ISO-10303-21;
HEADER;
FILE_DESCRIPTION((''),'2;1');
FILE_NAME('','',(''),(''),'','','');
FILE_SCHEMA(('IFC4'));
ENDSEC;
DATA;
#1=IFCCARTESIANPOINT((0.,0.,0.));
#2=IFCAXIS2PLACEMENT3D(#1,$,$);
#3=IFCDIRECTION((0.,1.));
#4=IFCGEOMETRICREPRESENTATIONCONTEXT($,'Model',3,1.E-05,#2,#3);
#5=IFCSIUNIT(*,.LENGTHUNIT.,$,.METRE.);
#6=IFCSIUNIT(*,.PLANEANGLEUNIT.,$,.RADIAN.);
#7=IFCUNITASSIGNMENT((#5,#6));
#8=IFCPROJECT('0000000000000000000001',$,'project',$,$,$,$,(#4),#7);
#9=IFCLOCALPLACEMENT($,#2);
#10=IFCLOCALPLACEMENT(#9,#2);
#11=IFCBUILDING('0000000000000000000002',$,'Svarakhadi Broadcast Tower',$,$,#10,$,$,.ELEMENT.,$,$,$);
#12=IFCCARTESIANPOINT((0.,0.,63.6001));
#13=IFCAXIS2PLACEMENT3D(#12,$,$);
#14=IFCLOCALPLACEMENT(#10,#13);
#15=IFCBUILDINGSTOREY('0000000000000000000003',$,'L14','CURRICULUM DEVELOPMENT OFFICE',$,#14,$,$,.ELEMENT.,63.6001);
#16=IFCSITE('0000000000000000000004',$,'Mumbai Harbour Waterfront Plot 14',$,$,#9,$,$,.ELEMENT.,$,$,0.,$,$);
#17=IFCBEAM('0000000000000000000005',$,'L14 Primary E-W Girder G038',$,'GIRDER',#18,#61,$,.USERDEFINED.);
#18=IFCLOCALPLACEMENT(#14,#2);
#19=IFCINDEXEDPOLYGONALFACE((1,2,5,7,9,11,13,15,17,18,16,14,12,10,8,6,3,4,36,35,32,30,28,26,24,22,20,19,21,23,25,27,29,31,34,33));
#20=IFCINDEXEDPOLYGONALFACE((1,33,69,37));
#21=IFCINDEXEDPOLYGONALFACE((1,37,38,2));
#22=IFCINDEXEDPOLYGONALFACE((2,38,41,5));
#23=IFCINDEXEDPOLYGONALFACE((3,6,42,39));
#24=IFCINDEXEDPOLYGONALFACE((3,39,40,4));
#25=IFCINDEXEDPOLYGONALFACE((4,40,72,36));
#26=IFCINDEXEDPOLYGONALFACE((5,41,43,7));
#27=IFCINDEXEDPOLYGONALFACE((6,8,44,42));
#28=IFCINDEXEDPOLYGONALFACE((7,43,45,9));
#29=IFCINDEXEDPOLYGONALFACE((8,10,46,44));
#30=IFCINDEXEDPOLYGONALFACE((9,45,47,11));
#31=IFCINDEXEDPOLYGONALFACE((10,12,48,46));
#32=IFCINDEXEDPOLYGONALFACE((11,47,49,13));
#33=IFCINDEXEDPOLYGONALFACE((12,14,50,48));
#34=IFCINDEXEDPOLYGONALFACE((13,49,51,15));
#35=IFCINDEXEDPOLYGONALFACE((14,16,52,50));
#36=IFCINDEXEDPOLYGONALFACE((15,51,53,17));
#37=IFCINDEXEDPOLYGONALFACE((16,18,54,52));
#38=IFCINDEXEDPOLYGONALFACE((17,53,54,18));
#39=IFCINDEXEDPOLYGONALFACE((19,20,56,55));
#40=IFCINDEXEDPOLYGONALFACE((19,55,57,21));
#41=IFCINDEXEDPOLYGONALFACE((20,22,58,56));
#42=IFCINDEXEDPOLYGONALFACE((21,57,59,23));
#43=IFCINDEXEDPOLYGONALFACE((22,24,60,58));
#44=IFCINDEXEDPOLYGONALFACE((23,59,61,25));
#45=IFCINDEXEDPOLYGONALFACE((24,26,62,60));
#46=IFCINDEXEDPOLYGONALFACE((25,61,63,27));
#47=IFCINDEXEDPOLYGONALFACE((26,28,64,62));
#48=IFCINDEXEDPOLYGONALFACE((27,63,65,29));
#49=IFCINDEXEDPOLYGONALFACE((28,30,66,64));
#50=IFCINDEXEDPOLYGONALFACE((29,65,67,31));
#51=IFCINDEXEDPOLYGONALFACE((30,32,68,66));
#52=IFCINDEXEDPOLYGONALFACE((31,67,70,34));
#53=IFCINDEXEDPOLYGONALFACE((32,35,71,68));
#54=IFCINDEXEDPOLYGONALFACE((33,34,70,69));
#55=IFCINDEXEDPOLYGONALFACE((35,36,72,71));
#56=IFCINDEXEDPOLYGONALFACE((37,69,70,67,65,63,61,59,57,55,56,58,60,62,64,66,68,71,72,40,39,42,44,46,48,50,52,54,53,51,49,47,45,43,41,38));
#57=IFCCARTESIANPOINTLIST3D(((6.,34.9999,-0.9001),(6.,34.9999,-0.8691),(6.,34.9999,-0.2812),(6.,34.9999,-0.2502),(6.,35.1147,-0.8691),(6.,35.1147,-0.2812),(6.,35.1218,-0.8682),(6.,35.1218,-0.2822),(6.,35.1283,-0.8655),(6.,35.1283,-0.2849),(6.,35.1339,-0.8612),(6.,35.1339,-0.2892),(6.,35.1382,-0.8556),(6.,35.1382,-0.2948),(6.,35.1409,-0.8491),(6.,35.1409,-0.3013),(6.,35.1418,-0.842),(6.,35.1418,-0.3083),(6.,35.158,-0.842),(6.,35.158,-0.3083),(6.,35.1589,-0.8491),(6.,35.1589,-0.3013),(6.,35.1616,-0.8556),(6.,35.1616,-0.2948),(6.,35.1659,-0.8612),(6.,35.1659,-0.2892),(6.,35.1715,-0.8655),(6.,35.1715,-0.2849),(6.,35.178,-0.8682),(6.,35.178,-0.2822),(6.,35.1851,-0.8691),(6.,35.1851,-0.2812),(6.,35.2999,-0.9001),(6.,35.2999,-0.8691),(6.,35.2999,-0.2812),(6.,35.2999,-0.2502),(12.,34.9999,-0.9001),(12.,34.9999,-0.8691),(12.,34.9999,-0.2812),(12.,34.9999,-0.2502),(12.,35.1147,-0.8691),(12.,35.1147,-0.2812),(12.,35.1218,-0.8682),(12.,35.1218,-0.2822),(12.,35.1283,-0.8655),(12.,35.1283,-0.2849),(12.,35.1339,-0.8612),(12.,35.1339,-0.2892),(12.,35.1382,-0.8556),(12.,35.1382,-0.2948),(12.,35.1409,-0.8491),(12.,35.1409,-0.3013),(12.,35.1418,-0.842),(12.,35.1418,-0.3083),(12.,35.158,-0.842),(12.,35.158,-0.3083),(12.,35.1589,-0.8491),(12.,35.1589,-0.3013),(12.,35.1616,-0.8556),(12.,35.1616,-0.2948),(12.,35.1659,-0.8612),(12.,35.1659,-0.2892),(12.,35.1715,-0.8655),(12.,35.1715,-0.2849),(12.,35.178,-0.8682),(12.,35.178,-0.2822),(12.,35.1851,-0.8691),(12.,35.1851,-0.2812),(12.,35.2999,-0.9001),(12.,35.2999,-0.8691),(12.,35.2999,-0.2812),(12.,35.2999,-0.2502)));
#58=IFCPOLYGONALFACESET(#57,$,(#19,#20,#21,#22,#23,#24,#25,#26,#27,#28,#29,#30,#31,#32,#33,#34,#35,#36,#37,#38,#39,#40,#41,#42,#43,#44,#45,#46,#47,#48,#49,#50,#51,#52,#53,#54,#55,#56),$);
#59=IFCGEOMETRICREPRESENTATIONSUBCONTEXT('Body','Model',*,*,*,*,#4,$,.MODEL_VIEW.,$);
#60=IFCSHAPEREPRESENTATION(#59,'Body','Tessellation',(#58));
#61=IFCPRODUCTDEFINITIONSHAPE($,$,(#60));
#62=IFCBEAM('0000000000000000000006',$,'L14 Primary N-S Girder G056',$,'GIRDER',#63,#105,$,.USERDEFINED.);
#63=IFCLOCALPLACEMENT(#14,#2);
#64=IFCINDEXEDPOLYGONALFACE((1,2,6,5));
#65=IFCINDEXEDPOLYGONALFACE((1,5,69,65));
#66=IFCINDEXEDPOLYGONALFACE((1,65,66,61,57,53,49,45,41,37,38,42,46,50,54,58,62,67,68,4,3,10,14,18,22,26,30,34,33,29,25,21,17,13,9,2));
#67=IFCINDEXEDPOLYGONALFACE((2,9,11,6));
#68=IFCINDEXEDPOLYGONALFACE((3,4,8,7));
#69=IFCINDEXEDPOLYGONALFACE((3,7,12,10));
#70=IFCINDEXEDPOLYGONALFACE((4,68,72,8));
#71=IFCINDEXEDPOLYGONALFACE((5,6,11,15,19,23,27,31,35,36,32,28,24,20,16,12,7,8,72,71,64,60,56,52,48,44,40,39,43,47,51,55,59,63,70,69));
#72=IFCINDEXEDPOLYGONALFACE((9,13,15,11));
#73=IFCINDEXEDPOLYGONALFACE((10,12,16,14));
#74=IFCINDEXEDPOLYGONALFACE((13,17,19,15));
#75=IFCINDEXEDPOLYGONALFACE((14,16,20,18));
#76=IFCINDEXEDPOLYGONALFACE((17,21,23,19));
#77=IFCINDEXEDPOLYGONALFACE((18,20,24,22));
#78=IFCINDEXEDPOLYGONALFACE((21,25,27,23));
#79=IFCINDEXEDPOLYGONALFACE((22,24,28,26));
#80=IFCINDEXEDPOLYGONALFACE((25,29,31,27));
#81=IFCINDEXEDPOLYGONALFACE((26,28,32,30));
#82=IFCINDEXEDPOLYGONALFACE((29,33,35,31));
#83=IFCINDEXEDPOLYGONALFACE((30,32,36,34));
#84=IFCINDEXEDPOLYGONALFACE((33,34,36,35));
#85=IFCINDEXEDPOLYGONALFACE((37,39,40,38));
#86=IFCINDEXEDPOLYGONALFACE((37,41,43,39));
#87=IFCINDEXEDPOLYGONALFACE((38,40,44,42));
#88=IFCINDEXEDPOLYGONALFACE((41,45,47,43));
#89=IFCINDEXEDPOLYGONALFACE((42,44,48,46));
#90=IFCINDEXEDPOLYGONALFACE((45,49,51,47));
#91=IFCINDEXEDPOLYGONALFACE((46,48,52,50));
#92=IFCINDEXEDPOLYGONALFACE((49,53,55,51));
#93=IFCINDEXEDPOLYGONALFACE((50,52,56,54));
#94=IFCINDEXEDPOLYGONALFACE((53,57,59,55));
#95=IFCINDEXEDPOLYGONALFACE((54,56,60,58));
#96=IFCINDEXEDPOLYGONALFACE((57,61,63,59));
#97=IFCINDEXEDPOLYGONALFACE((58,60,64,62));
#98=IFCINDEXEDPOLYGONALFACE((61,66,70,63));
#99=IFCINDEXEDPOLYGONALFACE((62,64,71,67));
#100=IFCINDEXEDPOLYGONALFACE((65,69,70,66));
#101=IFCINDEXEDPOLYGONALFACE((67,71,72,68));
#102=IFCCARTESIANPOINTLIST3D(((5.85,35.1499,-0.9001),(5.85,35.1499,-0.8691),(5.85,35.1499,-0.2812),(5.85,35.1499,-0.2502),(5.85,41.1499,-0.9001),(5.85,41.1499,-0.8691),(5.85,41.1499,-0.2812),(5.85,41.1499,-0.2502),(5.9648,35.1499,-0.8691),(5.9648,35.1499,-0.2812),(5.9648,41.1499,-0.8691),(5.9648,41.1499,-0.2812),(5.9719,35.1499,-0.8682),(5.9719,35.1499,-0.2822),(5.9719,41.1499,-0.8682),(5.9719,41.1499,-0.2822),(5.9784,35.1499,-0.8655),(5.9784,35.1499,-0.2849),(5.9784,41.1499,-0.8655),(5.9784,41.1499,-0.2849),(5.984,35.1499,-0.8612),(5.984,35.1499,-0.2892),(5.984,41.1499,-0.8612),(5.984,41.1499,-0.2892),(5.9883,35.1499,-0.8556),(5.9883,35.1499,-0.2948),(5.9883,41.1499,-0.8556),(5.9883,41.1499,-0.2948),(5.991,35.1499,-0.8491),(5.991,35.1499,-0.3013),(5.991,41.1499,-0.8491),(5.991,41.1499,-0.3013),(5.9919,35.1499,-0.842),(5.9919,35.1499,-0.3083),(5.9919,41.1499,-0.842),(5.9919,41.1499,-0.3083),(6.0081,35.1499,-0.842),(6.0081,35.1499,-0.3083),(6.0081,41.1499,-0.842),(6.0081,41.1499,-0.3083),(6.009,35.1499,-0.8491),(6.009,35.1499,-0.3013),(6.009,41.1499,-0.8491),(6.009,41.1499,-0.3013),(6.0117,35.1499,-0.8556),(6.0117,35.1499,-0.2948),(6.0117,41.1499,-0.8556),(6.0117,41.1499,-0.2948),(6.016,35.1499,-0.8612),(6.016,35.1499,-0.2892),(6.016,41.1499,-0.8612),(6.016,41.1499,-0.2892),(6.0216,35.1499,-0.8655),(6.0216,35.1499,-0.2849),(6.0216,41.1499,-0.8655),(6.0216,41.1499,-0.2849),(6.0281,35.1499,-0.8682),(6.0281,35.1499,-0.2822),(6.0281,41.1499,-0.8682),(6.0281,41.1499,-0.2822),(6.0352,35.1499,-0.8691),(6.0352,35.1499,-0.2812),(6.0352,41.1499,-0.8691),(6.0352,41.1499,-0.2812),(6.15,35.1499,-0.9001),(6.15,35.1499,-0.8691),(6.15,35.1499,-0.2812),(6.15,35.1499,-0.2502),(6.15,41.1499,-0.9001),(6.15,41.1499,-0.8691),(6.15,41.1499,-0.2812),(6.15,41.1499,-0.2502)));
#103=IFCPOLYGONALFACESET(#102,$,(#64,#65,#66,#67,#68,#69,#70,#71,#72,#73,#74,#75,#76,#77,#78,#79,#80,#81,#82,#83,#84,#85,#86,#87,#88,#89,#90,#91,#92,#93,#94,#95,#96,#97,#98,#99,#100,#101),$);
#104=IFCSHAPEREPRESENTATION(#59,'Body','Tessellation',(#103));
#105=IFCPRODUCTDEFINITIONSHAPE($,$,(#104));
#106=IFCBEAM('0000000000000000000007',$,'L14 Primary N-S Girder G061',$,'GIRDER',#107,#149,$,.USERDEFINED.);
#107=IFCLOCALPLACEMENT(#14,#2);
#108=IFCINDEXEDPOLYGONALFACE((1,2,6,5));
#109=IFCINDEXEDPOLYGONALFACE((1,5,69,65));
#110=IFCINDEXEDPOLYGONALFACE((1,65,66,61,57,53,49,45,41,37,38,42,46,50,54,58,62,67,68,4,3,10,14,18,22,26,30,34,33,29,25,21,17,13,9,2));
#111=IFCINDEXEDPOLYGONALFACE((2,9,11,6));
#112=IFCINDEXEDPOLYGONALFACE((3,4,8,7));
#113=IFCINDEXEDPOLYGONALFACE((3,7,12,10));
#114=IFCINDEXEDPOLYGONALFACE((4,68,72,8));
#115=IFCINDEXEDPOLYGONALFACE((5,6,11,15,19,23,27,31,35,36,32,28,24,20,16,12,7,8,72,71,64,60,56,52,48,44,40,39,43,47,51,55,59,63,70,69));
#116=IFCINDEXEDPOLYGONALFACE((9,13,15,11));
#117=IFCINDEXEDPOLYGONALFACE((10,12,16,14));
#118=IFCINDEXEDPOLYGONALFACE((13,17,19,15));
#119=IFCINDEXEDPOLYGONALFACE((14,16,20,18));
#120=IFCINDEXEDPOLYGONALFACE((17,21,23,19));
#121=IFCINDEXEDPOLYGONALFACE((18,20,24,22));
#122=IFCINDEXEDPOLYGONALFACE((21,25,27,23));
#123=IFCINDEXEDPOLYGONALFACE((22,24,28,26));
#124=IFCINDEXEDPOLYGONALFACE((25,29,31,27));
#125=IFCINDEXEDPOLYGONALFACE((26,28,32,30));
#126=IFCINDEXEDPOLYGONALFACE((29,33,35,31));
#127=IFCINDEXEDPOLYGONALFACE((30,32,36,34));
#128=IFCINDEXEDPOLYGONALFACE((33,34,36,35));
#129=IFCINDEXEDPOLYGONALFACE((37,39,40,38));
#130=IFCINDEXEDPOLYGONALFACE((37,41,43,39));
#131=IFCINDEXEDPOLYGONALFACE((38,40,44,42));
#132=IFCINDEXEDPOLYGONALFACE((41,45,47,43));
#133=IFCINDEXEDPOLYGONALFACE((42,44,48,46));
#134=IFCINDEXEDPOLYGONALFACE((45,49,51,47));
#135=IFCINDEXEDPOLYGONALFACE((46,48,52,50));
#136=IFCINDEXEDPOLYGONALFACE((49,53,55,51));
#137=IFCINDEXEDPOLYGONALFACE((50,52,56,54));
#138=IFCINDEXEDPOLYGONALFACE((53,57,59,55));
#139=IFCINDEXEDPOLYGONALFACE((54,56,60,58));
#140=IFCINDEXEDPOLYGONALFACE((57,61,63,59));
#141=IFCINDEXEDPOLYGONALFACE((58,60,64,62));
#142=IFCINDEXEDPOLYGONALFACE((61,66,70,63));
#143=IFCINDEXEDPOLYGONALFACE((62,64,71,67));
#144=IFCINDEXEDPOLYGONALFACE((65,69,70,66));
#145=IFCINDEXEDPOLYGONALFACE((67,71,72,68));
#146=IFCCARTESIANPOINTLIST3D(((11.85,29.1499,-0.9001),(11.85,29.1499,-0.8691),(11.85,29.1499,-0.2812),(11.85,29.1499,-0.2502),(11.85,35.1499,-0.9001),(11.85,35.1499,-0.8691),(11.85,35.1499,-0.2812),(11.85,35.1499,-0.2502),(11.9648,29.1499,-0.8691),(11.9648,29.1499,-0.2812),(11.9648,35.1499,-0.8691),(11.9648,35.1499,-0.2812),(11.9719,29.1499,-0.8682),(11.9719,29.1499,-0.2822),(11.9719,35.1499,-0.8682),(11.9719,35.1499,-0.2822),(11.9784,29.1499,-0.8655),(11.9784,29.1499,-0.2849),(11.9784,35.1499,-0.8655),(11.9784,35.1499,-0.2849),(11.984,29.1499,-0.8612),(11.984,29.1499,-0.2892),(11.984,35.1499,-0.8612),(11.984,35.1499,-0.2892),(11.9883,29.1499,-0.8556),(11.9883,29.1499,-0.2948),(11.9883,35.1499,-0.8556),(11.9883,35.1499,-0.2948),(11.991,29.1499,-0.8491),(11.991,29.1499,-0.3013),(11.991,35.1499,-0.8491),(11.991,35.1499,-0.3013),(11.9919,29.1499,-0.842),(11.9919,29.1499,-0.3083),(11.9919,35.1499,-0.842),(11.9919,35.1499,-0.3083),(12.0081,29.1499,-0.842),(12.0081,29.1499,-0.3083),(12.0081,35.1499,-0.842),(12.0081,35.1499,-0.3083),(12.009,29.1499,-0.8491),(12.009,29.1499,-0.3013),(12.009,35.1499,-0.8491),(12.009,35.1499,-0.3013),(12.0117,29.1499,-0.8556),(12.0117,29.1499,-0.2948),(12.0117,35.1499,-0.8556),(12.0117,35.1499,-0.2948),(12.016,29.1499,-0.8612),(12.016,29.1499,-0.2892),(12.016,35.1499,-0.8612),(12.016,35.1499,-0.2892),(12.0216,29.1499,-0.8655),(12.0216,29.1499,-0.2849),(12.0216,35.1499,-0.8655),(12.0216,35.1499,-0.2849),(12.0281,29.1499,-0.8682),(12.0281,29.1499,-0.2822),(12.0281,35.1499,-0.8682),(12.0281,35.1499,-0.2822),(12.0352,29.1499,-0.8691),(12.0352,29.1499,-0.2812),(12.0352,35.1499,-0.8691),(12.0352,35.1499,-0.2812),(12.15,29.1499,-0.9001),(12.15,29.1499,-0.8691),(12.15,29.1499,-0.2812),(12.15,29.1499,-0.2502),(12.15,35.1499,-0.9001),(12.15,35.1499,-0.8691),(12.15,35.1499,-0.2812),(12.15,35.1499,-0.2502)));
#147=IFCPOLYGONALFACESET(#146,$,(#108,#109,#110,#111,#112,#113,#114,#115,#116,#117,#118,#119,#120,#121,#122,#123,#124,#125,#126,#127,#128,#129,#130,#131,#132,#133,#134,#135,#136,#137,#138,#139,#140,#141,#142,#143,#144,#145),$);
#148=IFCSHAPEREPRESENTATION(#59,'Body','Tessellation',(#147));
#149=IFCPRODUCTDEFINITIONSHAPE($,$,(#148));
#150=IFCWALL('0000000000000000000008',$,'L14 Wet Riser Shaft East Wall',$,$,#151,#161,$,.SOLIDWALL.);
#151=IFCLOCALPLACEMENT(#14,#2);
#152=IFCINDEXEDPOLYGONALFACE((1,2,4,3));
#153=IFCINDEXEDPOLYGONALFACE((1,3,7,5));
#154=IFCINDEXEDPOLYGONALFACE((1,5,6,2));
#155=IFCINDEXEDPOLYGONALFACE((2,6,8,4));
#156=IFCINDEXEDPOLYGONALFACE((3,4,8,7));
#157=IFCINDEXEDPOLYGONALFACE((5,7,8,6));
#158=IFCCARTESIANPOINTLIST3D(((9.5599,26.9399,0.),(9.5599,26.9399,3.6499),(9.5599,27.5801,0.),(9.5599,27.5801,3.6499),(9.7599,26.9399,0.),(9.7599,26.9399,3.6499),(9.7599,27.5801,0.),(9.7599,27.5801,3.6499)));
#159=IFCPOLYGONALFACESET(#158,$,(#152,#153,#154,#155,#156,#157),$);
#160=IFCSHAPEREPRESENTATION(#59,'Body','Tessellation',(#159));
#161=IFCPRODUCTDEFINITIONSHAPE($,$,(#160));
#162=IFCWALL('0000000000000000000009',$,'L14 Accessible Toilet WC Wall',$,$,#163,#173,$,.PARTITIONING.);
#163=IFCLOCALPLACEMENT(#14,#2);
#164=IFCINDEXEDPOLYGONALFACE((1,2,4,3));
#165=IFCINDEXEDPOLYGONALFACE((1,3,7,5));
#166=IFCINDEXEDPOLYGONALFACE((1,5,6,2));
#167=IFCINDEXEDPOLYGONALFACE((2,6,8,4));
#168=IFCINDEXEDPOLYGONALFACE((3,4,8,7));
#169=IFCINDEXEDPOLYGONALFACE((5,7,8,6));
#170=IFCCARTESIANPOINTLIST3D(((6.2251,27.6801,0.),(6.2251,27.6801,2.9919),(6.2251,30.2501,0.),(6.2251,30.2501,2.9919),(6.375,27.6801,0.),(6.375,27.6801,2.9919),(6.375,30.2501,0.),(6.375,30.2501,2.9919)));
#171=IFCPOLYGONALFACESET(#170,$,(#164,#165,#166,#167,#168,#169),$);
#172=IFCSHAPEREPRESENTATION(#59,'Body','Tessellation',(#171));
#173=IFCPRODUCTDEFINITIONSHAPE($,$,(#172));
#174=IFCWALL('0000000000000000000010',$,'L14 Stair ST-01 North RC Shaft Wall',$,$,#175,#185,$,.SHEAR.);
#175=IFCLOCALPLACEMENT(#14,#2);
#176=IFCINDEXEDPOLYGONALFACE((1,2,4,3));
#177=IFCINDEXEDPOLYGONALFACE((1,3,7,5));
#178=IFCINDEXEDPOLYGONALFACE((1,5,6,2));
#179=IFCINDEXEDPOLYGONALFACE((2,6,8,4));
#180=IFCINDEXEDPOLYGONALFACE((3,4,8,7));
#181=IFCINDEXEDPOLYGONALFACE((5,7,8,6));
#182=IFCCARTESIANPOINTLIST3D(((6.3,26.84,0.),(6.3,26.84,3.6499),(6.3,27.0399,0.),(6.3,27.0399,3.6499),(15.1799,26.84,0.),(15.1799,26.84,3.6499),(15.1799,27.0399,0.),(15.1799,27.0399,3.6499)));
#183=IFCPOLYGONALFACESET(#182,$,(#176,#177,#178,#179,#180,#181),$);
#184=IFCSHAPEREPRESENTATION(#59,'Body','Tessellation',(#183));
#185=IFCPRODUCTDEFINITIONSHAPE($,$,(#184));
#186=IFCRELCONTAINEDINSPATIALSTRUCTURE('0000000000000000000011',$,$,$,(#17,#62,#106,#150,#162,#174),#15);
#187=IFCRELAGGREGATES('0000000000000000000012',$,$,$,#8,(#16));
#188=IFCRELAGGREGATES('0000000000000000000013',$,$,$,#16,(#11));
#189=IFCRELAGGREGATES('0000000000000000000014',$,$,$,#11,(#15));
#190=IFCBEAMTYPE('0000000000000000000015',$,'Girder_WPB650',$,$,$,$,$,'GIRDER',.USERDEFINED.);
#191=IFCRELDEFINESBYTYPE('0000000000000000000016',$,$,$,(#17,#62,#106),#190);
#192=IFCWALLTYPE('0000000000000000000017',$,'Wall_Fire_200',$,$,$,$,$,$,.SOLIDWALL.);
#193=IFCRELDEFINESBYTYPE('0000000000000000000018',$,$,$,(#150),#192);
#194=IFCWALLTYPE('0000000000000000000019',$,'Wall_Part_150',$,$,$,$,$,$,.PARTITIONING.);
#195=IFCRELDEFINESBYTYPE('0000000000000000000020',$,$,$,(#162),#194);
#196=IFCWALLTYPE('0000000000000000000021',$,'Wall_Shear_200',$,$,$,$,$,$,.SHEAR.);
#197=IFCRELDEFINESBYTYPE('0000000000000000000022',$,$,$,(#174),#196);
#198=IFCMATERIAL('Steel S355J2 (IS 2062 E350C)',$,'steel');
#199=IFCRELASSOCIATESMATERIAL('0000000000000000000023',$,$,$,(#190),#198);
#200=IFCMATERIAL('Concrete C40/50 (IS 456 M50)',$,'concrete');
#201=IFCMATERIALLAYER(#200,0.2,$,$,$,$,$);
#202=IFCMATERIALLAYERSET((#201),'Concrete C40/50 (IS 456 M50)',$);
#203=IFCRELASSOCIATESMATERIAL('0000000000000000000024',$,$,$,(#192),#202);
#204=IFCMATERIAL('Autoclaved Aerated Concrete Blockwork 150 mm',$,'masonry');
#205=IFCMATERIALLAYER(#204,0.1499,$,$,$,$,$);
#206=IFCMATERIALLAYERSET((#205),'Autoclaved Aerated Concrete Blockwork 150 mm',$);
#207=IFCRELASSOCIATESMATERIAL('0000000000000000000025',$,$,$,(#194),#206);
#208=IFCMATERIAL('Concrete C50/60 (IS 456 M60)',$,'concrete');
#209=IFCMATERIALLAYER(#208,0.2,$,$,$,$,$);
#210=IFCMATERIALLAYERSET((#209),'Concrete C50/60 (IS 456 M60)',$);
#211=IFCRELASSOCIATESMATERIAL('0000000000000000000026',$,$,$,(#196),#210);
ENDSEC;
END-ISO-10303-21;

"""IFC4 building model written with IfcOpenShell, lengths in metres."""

from ifc_helpers import new_model, si_unit, direction, frame, frame_2d, origin, origin_2d, place, context, subcontext, project, spatial, rectangle, i_section, extrude, material, layer, layer_set, material_profile, profile_set, type_object, element, save


model = new_model("IFC4")

# Units and contexts
model_context = context("Model", 3, precision=1e-05, world=origin(), true_north=direction((0.0, 1.0)))
body_context = subcontext(model_context, "Body", "Model", "MODEL_VIEW")
ifc_project = project(units=[si_unit("LENGTHUNIT", "METRE"), si_unit("PLANEANGLEUNIT", "RADIAN")], contexts=[model_context])

# Site, building, storey
site_placement = place(None, origin())
site = spatial("IfcSite", under=ifc_project, at=site_placement, Name="Mumbai Harbour Waterfront Plot 14", CompositionType="ELEMENT", RefElevation=0.0)
building_placement = place(site_placement, origin())
building = spatial("IfcBuilding", under=site, at=building_placement, Name="Svarakhadi Broadcast Tower", CompositionType="ELEMENT")
storey_placement = place(building_placement, frame((0.0, 0.0, 63.6001)))
storey = spatial("IfcBuildingStorey", under=building, at=storey_placement, Name="L14", Description="CURRICULUM DEVELOPMENT OFFICE", CompositionType="ELEMENT", Elevation=63.6001)

# Beams
ifc_material_1 = material(Name="Steel S355J2 (IS 2062 E350C)", Category="steel")
ifc_material_profile_1 = material_profile(ifc_material_1, i_section(OverallWidth=0.3, OverallDepth=0.6499, WebThickness=0.0161, FlangeThickness=0.031, FilletRadius=0.0271, at=origin_2d()), Name="WPB 650x300x225")
ifc_profile_set_1 = profile_set([ifc_material_profile_1], Name="Steel S355J2 (IS 2062 E350C)")
beam_type_1 = type_object("IfcBeamType", Name="Girder_WPB650", ElementType="GIRDER", PredefinedType="USERDEFINED", material=ifc_profile_set_1)
for number, where, z_axis, x_axis, name in (
    (1, (6.0, 35.1499, -0.5752), (1.0, 0.0, 0.0), (0.0, 1.0, 0.0), "L14 Primary E-W Girder G038"),
    (2, (6.0, 35.1499, -0.5752), (0.0, 1.0, 0.0), (-1.0, 0.0, 0.0), "L14 Primary N-S Girder G056"),
    (3, (12.0, 29.1499, -0.5752), (0.0, 1.0, 0.0), (-1.0, 0.0, 0.0), "L14 Primary N-S Girder G061"),
):
    element("IfcBeam", number, at=place(storey_placement, frame(where, z_axis=z_axis, x_axis=x_axis)), inside=storey, type_object=beam_type_1, Name=name, ObjectType="GIRDER", PredefinedType="USERDEFINED", context=body_context, shape_type="SweptSolid", body=[
        extrude(i_section(OverallWidth=0.3, OverallDepth=0.6499, WebThickness=0.0161, FlangeThickness=0.031, FilletRadius=0.0271, at=origin_2d()), origin(), (0.0, 0.0, 1.0), 6.0),
    ])

# Walls
ifc_material_2 = material(Name="Concrete C40/50 (IS 456 M50)", Category="concrete")
ifc_layer_1 = layer(ifc_material_2, 0.2)
ifc_layer_set_1 = layer_set([ifc_layer_1], Name="Concrete C40/50 (IS 456 M50)")
wall_type_1 = type_object("IfcWallType", Name="Wall_Fire_200", PredefinedType="SOLIDWALL", material=ifc_layer_set_1)
wall_1_placement = place(storey_placement, frame((9.6599, 26.9399, 0.0), z_axis=(0.0, 0.0, 1.0), x_axis=(0.0, 1.0, 0.0)))
element("IfcWall", 4, at=wall_1_placement, inside=storey, type_object=wall_type_1, Name="L14 Wet Riser Shaft East Wall", PredefinedType="SOLIDWALL", context=body_context, shape_type="SweptSolid", body=[
    extrude(rectangle(XDim=0.6401, YDim=0.2, at=frame_2d((0.3201, 0.0))), origin(), (0.0, 0.0, 1.0), 3.6499),
])
ifc_material_3 = material(Name="Autoclaved Aerated Concrete Blockwork 150 mm", Category="masonry")
ifc_layer_2 = layer(ifc_material_3, 0.1499)
ifc_layer_set_2 = layer_set([ifc_layer_2], Name="Autoclaved Aerated Concrete Blockwork 150 mm")
wall_type_2 = type_object("IfcWallType", Name="Wall_Part_150", PredefinedType="PARTITIONING", material=ifc_layer_set_2)
wall_2_placement = place(storey_placement, frame((6.3, 27.6799, 0.0), z_axis=(0.0, 0.0, 1.0), x_axis=(0.0, 1.0, 0.0)))
element("IfcWall", 5, at=wall_2_placement, inside=storey, type_object=wall_type_2, Name="L14 Accessible Toilet WC Wall", PredefinedType="PARTITIONING", context=body_context, shape_type="SweptSolid", body=[
    extrude(rectangle(XDim=2.5701, YDim=0.1499, at=frame_2d((1.2852, 0.0))), origin(), (0.0, 0.0, 1.0), 2.9919),
])
ifc_material_4 = material(Name="Concrete C50/60 (IS 456 M60)", Category="concrete")
ifc_layer_3 = layer(ifc_material_4, 0.2)
ifc_layer_set_3 = layer_set([ifc_layer_3], Name="Concrete C50/60 (IS 456 M60)")
wall_type_3 = type_object("IfcWallType", Name="Wall_Shear_200", PredefinedType="SHEAR", material=ifc_layer_set_3)
wall_3_placement = place(storey_placement, frame((6.3, 26.9399, 0.0), z_axis=(0.0, 0.0, 1.0), x_axis=(1.0, 0.0, 0.0)))
element("IfcWall", 6, at=wall_3_placement, inside=storey, type_object=wall_type_3, Name="L14 Stair ST-01 North RC Shaft Wall", PredefinedType="SHEAR", context=body_context, shape_type="SweptSolid", body=[
    extrude(rectangle(XDim=8.8799, YDim=0.2, at=frame_2d((4.4399, 0.0))), origin(), (0.0, 0.0, 1.0), 3.6499),
])

save(model, "model.ifc")
